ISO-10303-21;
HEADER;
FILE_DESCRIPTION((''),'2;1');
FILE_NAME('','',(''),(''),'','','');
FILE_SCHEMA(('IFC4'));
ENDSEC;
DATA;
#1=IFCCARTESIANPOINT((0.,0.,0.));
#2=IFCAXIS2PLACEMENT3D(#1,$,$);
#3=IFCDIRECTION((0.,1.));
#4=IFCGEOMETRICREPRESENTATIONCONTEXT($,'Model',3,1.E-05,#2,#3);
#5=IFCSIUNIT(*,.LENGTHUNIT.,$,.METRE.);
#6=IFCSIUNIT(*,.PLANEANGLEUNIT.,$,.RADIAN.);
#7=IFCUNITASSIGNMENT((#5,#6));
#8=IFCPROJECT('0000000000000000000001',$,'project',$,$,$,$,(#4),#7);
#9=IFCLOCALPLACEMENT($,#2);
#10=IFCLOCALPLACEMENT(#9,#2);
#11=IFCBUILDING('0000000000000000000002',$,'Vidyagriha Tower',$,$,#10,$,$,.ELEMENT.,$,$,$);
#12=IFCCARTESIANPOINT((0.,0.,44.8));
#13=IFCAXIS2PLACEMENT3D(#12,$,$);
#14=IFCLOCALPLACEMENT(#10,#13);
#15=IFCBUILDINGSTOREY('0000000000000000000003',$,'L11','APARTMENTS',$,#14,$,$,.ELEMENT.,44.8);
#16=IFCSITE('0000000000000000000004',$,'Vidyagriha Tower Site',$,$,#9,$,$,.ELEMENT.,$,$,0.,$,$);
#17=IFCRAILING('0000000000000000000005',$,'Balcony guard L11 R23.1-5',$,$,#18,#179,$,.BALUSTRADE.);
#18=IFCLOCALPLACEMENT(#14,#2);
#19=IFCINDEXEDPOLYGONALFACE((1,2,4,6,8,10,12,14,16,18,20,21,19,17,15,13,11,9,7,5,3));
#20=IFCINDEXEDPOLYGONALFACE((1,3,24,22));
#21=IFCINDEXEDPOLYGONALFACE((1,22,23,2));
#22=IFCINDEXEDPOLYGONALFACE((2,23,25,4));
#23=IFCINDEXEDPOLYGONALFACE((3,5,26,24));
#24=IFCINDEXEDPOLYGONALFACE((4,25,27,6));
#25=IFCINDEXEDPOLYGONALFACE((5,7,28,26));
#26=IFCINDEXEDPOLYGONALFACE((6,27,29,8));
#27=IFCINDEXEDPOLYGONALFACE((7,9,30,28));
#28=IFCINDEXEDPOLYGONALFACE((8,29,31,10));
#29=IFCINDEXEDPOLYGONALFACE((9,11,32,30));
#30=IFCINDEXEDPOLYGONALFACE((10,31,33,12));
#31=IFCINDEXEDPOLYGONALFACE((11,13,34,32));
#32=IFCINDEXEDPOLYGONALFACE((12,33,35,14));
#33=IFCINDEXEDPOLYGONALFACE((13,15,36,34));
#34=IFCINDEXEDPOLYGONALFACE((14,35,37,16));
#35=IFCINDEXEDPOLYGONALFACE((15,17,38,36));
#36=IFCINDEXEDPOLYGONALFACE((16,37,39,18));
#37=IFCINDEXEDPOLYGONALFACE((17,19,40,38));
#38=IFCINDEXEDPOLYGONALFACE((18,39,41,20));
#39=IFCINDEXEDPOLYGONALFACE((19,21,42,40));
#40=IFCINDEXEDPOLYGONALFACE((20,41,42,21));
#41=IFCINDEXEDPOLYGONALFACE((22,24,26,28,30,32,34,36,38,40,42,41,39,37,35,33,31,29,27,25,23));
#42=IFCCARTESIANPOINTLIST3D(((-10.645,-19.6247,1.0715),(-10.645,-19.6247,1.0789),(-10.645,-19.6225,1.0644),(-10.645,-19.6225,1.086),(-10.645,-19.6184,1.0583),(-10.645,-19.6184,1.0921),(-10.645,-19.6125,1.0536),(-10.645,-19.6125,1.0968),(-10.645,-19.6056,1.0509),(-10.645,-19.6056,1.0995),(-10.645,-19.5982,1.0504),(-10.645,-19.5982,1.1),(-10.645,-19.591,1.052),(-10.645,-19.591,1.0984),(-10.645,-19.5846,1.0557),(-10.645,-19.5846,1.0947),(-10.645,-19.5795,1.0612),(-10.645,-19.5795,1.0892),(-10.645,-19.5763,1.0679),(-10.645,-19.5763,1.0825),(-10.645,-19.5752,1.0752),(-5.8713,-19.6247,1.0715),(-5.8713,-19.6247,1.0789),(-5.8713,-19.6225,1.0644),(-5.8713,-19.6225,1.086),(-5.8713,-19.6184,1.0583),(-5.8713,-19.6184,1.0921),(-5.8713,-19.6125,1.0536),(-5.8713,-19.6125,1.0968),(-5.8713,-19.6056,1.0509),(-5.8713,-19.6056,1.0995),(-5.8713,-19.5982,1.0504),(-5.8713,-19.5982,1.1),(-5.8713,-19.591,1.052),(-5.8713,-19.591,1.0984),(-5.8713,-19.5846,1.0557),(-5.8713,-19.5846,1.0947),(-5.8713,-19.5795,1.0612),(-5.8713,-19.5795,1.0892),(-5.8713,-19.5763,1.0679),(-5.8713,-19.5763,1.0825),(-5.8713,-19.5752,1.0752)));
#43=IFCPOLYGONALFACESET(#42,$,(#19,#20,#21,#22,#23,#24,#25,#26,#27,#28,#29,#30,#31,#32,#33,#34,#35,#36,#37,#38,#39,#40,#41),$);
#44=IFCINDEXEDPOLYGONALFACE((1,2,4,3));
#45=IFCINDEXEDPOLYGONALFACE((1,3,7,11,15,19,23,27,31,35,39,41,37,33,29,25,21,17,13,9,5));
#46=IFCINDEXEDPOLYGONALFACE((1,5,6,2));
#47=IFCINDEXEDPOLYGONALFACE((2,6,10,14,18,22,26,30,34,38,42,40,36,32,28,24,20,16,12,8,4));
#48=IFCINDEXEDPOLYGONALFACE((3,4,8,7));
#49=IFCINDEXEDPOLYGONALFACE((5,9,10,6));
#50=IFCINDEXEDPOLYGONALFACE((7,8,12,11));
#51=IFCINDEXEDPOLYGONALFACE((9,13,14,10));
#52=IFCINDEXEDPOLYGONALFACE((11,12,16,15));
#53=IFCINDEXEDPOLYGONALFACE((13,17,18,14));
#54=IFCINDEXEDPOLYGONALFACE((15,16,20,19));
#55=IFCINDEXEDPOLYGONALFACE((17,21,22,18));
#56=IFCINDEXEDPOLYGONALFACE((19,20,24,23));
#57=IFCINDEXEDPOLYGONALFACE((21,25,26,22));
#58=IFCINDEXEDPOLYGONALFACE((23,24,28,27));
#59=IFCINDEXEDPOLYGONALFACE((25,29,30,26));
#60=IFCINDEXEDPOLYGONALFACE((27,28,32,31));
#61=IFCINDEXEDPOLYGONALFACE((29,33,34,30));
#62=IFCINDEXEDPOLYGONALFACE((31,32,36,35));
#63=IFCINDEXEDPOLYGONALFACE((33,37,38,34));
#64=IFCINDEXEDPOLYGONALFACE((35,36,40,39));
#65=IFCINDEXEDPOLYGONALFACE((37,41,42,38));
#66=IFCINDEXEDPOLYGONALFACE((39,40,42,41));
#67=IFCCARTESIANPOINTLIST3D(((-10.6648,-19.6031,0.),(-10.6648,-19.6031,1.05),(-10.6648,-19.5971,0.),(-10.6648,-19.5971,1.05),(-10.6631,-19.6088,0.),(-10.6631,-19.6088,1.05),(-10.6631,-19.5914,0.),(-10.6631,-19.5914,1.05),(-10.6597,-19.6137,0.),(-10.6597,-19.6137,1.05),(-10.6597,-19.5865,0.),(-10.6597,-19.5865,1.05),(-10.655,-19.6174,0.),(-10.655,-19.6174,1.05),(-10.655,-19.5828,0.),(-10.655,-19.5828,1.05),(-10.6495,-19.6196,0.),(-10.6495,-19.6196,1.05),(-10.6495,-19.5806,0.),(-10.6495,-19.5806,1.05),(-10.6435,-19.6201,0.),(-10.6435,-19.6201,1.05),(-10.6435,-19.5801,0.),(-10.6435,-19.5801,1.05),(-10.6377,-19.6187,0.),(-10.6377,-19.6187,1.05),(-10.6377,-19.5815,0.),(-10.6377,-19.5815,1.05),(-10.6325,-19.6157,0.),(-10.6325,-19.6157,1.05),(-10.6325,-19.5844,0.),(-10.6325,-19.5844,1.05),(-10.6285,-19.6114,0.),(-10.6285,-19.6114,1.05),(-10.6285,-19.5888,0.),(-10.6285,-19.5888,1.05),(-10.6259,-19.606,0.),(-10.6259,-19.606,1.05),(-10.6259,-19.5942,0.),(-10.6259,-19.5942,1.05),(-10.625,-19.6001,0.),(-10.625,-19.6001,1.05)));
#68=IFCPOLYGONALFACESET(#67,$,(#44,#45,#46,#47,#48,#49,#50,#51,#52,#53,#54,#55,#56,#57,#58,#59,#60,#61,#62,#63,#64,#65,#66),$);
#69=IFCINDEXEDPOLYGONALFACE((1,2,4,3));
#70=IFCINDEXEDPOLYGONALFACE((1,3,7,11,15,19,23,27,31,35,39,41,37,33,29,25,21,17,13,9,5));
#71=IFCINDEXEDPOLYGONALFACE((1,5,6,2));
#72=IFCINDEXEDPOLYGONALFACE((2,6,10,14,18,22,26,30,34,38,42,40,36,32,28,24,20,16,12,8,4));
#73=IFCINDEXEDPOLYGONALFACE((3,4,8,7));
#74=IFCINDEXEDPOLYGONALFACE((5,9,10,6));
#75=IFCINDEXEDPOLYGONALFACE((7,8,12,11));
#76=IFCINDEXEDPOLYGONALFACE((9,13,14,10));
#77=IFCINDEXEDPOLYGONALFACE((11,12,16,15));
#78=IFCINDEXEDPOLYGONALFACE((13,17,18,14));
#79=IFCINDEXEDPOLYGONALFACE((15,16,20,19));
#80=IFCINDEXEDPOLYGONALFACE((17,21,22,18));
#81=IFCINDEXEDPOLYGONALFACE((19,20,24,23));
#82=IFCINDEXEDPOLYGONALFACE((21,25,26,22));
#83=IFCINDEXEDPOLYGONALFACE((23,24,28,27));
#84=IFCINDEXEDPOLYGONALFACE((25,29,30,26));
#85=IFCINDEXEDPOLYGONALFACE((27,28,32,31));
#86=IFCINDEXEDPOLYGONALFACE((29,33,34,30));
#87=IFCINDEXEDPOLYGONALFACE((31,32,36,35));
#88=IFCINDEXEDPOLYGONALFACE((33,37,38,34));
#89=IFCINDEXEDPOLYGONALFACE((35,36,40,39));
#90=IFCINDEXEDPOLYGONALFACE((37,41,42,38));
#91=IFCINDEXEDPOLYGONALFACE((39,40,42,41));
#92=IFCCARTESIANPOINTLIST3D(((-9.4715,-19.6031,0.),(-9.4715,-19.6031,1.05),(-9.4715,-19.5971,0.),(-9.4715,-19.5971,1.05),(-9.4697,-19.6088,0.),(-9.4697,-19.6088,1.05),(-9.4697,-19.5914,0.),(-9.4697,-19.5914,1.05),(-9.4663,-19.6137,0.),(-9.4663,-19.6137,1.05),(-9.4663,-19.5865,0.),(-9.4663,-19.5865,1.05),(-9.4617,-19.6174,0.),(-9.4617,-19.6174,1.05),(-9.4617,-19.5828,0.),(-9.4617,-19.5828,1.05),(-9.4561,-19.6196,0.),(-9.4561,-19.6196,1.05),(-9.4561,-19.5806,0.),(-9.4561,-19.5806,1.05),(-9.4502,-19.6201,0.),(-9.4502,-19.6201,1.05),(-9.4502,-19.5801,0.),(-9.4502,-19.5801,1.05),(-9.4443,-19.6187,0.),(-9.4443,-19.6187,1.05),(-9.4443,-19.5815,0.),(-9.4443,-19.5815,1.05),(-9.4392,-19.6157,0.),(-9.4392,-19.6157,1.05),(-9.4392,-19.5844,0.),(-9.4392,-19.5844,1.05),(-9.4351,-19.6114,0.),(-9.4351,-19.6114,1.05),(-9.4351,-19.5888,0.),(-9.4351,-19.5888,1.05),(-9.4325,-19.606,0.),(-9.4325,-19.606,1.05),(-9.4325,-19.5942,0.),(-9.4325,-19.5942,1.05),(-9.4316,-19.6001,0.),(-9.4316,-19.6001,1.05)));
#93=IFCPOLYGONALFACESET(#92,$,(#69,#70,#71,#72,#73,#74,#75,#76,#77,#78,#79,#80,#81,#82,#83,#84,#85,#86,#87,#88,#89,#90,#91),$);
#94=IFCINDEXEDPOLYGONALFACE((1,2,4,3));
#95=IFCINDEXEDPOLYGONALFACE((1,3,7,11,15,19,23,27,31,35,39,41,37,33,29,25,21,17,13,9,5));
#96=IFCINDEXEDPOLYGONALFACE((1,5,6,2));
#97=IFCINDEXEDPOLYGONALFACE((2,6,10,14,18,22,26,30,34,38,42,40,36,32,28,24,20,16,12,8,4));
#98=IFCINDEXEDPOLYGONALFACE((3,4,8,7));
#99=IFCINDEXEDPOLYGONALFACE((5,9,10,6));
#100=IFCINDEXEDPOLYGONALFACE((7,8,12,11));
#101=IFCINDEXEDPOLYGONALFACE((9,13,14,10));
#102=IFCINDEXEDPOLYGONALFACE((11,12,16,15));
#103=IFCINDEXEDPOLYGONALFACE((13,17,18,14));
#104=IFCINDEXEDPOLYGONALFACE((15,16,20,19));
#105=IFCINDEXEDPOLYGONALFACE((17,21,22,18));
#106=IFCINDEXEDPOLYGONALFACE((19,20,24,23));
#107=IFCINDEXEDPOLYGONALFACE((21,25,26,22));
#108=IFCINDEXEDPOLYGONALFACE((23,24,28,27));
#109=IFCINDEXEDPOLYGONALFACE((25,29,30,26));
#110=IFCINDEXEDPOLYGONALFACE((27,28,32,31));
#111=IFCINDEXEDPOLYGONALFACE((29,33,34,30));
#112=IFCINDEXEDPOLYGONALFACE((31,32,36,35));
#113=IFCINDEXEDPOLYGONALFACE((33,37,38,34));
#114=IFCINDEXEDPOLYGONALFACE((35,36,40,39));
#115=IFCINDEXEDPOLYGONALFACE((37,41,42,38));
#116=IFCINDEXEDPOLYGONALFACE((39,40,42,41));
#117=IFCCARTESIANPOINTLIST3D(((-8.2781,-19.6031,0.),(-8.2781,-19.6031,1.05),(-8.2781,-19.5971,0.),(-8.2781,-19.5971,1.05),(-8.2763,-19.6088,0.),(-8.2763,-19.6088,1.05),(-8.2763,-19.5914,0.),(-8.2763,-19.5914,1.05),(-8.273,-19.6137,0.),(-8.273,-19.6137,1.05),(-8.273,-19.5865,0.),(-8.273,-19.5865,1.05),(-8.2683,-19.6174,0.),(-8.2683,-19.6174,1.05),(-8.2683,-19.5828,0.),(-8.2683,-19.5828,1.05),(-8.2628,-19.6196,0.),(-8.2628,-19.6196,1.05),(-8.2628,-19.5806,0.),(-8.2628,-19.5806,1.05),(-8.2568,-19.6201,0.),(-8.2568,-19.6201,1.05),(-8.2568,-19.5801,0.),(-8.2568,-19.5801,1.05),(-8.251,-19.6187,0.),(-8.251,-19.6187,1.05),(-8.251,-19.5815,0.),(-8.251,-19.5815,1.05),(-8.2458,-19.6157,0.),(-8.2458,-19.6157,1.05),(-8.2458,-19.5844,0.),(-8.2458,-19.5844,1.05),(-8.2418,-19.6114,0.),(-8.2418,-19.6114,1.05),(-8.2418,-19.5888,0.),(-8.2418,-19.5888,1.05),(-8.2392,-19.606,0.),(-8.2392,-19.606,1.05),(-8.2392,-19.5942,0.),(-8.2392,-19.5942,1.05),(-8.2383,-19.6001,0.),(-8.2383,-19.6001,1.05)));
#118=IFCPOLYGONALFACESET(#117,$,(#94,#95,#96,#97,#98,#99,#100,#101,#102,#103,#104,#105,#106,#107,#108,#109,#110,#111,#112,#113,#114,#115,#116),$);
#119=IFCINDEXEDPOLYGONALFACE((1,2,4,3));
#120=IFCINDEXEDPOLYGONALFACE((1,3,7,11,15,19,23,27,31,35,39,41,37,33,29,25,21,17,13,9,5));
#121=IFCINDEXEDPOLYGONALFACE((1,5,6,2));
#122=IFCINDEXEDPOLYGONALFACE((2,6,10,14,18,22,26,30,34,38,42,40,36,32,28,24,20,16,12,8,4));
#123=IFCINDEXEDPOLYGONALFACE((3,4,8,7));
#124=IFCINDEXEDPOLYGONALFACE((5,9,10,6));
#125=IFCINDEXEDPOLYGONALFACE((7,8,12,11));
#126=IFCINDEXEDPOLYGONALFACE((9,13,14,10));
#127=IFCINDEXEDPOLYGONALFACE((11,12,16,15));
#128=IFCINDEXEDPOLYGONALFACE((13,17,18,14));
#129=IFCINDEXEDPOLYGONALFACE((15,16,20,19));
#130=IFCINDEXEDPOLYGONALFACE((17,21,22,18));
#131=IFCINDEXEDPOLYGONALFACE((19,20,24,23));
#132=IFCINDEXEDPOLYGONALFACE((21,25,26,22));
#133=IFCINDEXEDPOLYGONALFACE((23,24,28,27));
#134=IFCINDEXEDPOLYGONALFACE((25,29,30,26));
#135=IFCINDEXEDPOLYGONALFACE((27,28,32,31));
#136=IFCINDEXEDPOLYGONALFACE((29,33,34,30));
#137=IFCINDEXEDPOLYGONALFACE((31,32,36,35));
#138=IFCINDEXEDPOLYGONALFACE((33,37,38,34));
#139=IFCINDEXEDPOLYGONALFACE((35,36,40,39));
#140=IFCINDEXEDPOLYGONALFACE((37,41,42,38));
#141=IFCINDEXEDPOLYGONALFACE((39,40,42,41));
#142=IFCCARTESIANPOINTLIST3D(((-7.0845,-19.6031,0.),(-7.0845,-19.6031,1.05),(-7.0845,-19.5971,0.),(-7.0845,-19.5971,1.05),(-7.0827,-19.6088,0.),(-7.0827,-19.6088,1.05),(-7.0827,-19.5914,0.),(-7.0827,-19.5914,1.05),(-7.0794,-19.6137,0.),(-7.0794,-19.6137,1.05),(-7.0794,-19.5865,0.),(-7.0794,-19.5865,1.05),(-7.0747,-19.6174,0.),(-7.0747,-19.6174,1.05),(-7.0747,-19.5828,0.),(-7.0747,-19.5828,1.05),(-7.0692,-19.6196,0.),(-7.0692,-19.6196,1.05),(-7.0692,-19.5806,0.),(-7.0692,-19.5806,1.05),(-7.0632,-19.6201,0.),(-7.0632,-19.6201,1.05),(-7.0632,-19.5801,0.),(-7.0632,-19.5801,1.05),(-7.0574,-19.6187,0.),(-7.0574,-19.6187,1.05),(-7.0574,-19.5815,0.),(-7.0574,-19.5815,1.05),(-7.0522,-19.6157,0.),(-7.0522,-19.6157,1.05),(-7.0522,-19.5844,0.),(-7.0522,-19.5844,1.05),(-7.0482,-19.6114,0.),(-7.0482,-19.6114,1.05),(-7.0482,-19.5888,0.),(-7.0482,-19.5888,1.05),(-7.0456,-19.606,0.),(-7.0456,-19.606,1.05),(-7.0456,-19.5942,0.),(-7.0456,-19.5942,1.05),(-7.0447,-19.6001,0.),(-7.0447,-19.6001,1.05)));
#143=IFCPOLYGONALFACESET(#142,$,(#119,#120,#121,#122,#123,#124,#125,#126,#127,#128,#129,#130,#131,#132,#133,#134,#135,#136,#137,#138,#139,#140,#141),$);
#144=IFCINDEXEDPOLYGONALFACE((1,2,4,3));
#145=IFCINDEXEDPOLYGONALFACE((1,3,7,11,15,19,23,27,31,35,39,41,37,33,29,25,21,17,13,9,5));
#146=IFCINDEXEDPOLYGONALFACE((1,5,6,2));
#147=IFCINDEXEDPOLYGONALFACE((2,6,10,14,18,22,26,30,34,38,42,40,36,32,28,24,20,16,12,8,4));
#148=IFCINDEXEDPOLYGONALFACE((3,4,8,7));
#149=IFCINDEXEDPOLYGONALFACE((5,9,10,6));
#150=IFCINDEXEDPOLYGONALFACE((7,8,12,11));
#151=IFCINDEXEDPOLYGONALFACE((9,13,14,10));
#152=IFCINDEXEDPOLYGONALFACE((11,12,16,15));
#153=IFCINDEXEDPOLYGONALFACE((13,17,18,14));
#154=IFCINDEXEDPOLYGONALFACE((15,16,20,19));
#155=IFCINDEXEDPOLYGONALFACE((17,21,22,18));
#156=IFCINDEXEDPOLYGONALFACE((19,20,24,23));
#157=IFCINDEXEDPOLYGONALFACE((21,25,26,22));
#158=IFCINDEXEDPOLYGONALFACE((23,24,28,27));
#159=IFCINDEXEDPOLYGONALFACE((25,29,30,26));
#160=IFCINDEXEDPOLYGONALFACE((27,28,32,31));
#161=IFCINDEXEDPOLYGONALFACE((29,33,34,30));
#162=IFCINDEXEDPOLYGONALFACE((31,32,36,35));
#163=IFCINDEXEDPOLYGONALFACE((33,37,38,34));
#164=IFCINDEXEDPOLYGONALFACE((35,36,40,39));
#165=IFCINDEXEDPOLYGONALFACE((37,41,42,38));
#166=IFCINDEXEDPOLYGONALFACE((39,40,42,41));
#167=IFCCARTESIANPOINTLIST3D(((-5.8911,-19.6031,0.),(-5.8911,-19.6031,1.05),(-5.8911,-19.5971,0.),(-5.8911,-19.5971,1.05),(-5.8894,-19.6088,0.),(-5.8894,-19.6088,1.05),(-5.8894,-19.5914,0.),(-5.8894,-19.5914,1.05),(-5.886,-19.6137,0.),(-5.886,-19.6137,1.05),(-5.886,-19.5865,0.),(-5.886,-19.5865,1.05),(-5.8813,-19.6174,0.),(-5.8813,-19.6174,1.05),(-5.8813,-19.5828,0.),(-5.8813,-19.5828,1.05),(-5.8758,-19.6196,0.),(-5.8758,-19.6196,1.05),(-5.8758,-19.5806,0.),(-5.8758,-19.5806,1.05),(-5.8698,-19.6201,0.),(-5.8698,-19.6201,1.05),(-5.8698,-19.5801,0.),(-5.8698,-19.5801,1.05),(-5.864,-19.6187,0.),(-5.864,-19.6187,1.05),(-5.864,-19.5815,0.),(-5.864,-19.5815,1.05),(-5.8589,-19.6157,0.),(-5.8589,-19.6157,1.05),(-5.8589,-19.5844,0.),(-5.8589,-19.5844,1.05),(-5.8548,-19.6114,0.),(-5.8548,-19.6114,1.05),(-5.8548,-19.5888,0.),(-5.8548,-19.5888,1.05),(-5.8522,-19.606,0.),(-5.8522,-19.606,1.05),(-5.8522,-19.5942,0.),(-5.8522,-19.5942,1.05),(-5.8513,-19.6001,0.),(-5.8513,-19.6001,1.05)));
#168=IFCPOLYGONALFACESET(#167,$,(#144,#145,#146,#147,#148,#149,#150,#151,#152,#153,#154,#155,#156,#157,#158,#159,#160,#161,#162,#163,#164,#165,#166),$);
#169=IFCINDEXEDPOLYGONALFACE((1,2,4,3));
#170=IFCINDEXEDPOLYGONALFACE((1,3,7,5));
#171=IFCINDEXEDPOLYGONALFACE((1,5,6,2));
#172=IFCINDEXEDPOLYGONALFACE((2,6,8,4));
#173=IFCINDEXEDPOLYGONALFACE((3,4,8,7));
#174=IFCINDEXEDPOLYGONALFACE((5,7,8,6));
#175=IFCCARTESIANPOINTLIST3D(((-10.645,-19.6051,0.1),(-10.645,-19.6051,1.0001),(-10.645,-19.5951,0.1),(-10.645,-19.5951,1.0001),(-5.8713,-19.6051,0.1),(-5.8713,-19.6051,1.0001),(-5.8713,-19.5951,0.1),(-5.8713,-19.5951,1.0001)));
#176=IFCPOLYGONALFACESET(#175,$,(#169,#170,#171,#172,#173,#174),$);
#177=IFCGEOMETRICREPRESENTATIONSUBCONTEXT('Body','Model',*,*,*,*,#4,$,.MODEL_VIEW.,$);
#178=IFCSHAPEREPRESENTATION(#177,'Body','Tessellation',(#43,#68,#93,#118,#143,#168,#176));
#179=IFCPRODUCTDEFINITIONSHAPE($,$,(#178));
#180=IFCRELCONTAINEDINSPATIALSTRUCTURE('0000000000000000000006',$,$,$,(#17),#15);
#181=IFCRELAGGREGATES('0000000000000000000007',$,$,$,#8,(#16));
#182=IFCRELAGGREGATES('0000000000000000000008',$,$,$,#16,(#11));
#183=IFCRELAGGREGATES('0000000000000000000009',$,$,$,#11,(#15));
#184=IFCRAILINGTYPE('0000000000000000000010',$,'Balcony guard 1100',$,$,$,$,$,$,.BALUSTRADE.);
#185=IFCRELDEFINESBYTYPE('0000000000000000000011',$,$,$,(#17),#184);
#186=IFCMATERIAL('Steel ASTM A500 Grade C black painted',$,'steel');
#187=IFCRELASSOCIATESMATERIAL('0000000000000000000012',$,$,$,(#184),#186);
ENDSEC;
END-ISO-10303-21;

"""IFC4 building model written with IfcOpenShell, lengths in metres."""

from ifc_helpers import new_model, si_unit, direction, frame, origin, origin_2d, place, context, subcontext, project, spatial, rectangle, circle, extrude, material, type_object, element, save


model = new_model("IFC4")

# Units and contexts
model_context = context("Model", 3, precision=1e-05, world=origin(), true_north=direction((0.0, 1.0)))
body_context = subcontext(model_context, "Body", "Model", "MODEL_VIEW")
ifc_project = project(units=[si_unit("LENGTHUNIT", "METRE"), si_unit("PLANEANGLEUNIT", "RADIAN")], contexts=[model_context])

# Site, building, storey
site_placement = place(None, origin())
site = spatial("IfcSite", under=ifc_project, at=site_placement, Name="Vidyagriha Tower Site", CompositionType="ELEMENT", RefElevation=0.0)
building_placement = place(site_placement, origin())
building = spatial("IfcBuilding", under=site, at=building_placement, Name="Vidyagriha Tower", CompositionType="ELEMENT")
storey_placement = place(building_placement, frame((0.0, 0.0, 44.8)))
storey = spatial("IfcBuildingStorey", under=building, at=storey_placement, Name="L11", Description="APARTMENTS", CompositionType="ELEMENT", Elevation=44.8)

# Railing
ifc_material_1 = material(Name="Steel ASTM A500 Grade C black painted", Category="steel")
railing_type = type_object("IfcRailingType", Name="Balcony guard 1100", PredefinedType="BALUSTRADE", material=ifc_material_1)
railing_1_placement = place(storey_placement, frame((-10.645, -19.6001, 0.0)))
element("IfcRailing", 1, at=railing_1_placement, inside=storey, type_object=railing_type, Name="Balcony guard L11 R23.1-5", PredefinedType="BALUSTRADE", context=body_context, shape_type="SweptSolid", body=[
    extrude(circle(Radius=0.0249, at=origin_2d()), frame((0.0, 0.0, 1.0752), z_axis=(1.0, 0.0, 0.0), x_axis=(0.0, 1.0, 0.0)), (0.0, 0.0, 1.0), 4.7737),
    extrude(circle(Radius=0.02, at=origin_2d()), origin(), (0.0, 0.0, 1.0), 1.05),
    extrude(circle(Radius=0.02, at=origin_2d()), frame((1.1934, 0.0, 0.0)), (0.0, 0.0, 1.0), 1.05),
    extrude(circle(Radius=0.02, at=origin_2d()), frame((2.3867, 0.0, 0.0)), (0.0, 0.0, 1.0), 1.05),
    extrude(circle(Radius=0.02, at=origin_2d()), frame((3.5803, 0.0, 0.0)), (0.0, 0.0, 1.0), 1.05),
    extrude(circle(Radius=0.02, at=origin_2d()), frame((4.7737, 0.0, 0.0)), (0.0, 0.0, 1.0), 1.05),
    extrude(rectangle(XDim=0.01, YDim=0.9001, at=origin_2d()), frame((0.0, 0.0, 0.55), z_axis=(1.0, 0.0, 0.0), x_axis=(0.0, 1.0, 0.0)), (0.0, 0.0, 1.0), 4.7737),
])

save(model, "model.ifc")
